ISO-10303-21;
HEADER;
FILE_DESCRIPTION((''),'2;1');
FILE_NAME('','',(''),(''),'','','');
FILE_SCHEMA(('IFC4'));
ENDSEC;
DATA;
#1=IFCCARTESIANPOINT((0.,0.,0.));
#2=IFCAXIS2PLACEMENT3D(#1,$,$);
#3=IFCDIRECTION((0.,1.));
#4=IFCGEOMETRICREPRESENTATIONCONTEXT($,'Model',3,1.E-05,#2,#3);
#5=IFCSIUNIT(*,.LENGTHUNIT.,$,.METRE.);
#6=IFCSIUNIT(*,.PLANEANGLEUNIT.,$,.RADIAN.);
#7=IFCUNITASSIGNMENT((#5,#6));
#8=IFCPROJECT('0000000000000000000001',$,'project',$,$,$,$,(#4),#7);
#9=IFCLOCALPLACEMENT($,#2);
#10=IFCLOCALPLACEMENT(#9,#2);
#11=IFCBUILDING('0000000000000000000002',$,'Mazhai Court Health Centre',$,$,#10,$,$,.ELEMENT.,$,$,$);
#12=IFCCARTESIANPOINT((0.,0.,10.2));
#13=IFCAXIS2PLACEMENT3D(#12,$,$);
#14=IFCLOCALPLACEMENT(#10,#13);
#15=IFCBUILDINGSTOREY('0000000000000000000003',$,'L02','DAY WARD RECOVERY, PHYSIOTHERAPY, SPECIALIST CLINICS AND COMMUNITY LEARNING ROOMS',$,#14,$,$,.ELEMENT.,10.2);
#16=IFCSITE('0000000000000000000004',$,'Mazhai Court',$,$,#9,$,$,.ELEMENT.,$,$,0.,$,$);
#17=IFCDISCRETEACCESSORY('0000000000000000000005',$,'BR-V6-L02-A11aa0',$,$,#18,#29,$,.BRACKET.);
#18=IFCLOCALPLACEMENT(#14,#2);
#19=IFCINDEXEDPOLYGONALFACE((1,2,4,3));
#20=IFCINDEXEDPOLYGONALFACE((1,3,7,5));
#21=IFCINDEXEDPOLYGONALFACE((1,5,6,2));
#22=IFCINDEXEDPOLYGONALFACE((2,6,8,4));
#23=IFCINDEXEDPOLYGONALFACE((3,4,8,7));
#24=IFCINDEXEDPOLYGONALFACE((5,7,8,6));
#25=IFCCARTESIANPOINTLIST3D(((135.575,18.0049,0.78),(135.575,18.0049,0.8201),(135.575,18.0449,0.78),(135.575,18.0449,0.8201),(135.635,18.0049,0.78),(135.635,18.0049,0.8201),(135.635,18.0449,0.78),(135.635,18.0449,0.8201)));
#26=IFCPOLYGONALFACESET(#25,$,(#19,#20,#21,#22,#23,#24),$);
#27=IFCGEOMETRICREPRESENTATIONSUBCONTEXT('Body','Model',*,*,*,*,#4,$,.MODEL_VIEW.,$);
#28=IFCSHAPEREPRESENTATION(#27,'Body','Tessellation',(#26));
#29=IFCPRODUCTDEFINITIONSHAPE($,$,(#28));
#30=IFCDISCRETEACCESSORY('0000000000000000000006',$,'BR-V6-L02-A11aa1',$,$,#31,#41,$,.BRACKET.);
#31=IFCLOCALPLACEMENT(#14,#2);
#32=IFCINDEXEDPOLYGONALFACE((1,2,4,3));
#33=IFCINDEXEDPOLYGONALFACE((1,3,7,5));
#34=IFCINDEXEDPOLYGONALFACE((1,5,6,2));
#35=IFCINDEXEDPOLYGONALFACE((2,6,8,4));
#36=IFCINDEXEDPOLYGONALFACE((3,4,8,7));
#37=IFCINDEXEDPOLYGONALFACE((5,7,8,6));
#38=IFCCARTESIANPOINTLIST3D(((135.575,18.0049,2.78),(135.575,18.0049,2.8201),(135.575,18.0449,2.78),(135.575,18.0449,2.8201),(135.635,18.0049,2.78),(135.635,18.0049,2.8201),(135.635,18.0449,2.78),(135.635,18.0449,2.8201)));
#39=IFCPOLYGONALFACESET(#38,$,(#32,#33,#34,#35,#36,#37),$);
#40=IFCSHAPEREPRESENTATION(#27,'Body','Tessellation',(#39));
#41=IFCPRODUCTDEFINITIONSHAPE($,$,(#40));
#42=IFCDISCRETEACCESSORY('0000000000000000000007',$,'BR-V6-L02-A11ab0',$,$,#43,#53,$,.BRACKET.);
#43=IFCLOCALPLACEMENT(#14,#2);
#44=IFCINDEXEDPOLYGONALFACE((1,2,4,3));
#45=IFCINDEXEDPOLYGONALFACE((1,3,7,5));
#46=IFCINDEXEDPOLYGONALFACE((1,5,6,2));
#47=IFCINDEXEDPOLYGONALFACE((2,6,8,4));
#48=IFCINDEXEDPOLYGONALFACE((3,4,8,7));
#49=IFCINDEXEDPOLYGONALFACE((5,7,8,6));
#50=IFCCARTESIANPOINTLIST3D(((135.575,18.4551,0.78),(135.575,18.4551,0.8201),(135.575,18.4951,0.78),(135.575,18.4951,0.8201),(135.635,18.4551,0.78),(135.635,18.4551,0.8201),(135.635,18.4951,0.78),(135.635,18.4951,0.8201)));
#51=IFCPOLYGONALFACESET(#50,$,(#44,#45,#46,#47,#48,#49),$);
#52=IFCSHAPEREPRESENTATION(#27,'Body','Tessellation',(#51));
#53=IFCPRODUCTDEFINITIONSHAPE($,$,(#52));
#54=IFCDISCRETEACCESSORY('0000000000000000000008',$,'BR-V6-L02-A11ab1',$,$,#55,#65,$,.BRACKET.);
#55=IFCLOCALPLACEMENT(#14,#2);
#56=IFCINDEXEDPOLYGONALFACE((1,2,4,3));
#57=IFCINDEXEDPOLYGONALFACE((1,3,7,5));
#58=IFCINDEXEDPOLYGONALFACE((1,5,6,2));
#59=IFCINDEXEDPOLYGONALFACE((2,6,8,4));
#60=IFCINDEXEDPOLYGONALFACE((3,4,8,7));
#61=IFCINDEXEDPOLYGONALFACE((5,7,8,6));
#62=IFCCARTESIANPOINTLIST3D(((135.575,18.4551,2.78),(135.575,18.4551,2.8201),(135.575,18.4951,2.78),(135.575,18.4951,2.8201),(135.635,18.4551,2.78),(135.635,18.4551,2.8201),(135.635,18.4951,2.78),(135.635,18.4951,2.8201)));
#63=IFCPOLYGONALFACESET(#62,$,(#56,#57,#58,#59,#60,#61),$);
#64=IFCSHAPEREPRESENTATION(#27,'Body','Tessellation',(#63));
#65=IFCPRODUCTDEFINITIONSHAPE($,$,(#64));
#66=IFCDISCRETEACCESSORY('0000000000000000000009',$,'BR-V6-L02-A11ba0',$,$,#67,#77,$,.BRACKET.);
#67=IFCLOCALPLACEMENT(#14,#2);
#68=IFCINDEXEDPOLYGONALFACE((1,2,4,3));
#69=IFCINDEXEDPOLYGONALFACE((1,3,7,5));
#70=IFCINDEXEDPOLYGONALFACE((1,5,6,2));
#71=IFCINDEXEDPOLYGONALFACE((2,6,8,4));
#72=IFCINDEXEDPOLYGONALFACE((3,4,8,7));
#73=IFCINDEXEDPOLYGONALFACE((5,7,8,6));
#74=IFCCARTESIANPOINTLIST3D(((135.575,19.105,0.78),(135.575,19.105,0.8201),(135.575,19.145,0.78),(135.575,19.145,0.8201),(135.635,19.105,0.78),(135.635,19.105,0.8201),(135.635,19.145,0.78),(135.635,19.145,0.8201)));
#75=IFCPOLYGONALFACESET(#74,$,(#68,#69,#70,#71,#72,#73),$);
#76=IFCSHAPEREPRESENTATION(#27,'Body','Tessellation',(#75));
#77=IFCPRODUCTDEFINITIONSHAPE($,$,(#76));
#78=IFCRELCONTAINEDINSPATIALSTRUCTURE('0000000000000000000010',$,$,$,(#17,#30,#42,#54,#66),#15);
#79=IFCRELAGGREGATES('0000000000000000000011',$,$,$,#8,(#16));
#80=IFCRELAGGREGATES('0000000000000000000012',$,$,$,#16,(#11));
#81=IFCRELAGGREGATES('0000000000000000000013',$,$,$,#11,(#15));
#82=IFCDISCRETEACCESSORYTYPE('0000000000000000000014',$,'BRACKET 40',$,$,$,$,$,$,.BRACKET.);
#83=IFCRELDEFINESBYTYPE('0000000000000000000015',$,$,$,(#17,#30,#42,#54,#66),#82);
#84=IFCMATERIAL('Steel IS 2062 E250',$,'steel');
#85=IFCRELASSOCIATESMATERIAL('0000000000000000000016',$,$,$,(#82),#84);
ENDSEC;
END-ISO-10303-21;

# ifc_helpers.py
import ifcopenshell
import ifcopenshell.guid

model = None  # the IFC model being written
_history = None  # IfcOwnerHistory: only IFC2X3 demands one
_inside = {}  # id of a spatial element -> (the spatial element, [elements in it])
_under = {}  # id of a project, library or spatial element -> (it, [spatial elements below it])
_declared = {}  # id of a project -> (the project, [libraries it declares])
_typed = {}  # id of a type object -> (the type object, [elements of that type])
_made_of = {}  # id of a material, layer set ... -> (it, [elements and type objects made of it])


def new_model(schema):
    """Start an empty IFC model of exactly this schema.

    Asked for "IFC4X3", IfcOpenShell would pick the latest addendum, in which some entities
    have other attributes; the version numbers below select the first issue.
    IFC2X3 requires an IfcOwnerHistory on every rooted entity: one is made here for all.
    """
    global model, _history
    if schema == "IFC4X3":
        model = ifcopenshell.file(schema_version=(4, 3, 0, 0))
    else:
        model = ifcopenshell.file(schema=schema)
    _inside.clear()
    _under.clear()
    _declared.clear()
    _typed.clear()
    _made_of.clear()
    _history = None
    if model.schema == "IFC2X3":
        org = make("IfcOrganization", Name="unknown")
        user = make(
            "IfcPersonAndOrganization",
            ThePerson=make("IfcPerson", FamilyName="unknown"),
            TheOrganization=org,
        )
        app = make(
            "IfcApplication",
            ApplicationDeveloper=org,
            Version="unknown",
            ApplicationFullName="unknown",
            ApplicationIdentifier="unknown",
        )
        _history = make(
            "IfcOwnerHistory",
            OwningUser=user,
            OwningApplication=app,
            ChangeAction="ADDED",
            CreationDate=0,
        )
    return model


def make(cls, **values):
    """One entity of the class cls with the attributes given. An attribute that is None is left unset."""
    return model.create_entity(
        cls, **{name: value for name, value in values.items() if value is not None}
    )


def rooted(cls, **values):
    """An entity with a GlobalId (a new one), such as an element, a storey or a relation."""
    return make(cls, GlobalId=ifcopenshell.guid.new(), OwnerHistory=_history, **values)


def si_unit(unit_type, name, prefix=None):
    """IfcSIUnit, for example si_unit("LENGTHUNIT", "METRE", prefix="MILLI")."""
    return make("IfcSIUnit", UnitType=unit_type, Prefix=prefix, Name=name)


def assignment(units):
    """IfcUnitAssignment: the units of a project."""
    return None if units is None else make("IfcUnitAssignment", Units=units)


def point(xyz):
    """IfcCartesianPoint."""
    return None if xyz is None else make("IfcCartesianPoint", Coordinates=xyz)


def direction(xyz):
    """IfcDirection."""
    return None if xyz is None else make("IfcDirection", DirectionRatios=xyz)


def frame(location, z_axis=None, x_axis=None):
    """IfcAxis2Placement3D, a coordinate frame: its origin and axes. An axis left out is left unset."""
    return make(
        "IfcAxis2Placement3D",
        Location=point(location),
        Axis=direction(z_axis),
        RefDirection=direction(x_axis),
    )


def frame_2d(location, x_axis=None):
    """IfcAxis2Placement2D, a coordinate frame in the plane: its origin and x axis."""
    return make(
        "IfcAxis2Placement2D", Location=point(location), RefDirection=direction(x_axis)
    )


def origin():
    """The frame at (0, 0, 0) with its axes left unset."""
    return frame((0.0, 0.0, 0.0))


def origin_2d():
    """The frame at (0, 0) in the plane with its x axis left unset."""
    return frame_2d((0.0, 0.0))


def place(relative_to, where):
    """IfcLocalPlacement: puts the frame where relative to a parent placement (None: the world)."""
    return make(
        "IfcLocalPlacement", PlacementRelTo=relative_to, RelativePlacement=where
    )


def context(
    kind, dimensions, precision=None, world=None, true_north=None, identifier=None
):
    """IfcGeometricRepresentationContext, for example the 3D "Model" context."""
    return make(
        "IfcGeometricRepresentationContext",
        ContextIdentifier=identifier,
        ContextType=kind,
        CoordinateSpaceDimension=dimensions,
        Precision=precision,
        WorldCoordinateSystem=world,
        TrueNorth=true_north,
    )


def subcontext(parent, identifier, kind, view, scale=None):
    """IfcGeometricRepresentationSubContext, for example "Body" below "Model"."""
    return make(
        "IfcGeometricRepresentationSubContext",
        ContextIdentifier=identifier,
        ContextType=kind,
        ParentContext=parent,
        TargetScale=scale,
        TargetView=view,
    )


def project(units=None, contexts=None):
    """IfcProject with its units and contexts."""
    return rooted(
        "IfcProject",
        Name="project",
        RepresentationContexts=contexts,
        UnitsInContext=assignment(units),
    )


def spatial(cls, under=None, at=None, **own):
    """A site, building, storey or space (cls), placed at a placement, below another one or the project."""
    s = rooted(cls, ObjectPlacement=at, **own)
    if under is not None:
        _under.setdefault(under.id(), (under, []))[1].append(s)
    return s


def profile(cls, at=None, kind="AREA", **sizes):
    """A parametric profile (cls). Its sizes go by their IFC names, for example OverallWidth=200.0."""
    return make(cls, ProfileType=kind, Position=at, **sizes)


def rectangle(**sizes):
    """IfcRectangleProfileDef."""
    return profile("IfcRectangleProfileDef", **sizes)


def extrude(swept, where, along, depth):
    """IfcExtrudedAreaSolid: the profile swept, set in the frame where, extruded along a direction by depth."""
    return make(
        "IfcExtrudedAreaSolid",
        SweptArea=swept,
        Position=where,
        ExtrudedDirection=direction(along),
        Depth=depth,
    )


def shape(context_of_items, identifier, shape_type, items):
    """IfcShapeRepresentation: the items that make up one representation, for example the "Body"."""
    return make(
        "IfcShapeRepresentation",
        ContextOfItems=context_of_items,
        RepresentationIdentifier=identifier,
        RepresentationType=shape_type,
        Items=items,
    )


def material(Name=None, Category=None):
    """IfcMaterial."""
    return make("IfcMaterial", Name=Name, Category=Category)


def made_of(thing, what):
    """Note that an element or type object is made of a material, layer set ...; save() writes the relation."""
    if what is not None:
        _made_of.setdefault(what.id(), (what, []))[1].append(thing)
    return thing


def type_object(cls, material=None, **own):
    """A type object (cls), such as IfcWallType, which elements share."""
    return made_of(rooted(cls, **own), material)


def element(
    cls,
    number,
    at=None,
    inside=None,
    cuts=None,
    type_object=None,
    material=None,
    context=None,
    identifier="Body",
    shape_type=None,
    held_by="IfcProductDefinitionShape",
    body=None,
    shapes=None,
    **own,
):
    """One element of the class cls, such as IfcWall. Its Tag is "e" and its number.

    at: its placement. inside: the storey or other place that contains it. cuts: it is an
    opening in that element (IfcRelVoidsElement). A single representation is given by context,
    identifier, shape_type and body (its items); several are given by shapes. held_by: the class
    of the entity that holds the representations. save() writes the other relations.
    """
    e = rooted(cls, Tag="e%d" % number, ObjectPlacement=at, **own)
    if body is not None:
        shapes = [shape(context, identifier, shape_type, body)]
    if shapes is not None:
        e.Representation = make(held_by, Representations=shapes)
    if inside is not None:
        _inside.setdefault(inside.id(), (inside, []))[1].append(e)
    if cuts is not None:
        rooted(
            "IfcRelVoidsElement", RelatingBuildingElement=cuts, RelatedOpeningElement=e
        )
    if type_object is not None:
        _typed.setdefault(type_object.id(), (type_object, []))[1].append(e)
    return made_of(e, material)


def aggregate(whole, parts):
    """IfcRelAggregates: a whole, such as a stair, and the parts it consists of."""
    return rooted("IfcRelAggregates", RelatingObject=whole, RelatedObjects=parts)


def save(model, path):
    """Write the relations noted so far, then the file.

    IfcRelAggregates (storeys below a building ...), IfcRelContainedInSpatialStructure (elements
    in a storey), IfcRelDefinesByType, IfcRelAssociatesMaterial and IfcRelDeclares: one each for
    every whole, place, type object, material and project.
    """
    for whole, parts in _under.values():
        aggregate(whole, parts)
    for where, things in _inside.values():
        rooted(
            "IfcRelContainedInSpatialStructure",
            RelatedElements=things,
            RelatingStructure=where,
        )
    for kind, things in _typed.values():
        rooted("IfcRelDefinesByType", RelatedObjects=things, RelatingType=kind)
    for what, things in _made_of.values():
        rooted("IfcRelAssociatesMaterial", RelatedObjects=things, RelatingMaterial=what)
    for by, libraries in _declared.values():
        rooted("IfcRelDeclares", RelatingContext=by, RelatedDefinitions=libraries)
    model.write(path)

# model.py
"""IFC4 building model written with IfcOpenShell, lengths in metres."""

from ifc_helpers import new_model, si_unit, direction, frame, origin, origin_2d, place, context, subcontext, project, spatial, rectangle, extrude, material, type_object, element, save


model = new_model("IFC4")

# Units and contexts
model_context = context("Model", 3, precision=1e-05, world=origin(), true_north=direction((0.0, 1.0)))
body_context = subcontext(model_context, "Body", "Model", "MODEL_VIEW")
ifc_project = project(units=[si_unit("LENGTHUNIT", "METRE"), si_unit("PLANEANGLEUNIT", "RADIAN")], contexts=[model_context])

# Site, building, storey
site_placement = place(None, origin())
site = spatial("IfcSite", under=ifc_project, at=site_placement, Name="Mazhai Court", CompositionType="ELEMENT", RefElevation=0.0)
building_placement = place(site_placement, origin())
building = spatial("IfcBuilding", under=site, at=building_placement, Name="Mazhai Court Health Centre", CompositionType="ELEMENT")
storey_placement = place(building_placement, frame((0.0, 0.0, 10.2)))
storey = spatial("IfcBuildingStorey", under=building, at=storey_placement, Name="L02", Description="DAY WARD RECOVERY, PHYSIOTHERAPY, SPECIALIST CLINICS AND COMMUNITY LEARNING ROOMS", CompositionType="ELEMENT", Elevation=10.2)

# Discrete accessories
ifc_material_1 = material(Name="Steel IS 2062 E250", Category="steel")
discrete_accessory_type = type_object("IfcDiscreteAccessoryType", Name="BRACKET 40", PredefinedType="BRACKET", material=ifc_material_1)
for number, where, z_axis, x_axis, name in (
    (1, (135.605, 18.0249, 0.78), (0.0, 0.0, 1.0), (0.0, 1.0, 0.0), "BR-V6-L02-A11aa0"),
    (2, (135.605, 18.0249, 2.78), (0.0, 0.0, 1.0), (0.0, 1.0, 0.0), "BR-V6-L02-A11aa1"),
    (3, (135.605, 18.4751, 0.78), (0.0, 0.0, 1.0), (0.0, 1.0, 0.0), "BR-V6-L02-A11ab0"),
    (4, (135.605, 18.4751, 2.78), (0.0, 0.0, 1.0), (0.0, 1.0, 0.0), "BR-V6-L02-A11ab1"),
    (5, (135.605, 19.125, 0.78), (0.0, 0.0, 1.0), (0.0, 1.0, 0.0), "BR-V6-L02-A11ba0"),
):
    element("IfcDiscreteAccessory", number, at=place(storey_placement, frame(where, z_axis=z_axis, x_axis=x_axis)), inside=storey, type_object=discrete_accessory_type, Name=name, PredefinedType="BRACKET", context=body_context, shape_type="SweptSolid", body=[
        extrude(rectangle(XDim=0.04, YDim=0.0601, at=origin_2d()), origin(), (0.0, 0.0, 1.0), 0.04),
    ])

save(model, "model.ifc")
